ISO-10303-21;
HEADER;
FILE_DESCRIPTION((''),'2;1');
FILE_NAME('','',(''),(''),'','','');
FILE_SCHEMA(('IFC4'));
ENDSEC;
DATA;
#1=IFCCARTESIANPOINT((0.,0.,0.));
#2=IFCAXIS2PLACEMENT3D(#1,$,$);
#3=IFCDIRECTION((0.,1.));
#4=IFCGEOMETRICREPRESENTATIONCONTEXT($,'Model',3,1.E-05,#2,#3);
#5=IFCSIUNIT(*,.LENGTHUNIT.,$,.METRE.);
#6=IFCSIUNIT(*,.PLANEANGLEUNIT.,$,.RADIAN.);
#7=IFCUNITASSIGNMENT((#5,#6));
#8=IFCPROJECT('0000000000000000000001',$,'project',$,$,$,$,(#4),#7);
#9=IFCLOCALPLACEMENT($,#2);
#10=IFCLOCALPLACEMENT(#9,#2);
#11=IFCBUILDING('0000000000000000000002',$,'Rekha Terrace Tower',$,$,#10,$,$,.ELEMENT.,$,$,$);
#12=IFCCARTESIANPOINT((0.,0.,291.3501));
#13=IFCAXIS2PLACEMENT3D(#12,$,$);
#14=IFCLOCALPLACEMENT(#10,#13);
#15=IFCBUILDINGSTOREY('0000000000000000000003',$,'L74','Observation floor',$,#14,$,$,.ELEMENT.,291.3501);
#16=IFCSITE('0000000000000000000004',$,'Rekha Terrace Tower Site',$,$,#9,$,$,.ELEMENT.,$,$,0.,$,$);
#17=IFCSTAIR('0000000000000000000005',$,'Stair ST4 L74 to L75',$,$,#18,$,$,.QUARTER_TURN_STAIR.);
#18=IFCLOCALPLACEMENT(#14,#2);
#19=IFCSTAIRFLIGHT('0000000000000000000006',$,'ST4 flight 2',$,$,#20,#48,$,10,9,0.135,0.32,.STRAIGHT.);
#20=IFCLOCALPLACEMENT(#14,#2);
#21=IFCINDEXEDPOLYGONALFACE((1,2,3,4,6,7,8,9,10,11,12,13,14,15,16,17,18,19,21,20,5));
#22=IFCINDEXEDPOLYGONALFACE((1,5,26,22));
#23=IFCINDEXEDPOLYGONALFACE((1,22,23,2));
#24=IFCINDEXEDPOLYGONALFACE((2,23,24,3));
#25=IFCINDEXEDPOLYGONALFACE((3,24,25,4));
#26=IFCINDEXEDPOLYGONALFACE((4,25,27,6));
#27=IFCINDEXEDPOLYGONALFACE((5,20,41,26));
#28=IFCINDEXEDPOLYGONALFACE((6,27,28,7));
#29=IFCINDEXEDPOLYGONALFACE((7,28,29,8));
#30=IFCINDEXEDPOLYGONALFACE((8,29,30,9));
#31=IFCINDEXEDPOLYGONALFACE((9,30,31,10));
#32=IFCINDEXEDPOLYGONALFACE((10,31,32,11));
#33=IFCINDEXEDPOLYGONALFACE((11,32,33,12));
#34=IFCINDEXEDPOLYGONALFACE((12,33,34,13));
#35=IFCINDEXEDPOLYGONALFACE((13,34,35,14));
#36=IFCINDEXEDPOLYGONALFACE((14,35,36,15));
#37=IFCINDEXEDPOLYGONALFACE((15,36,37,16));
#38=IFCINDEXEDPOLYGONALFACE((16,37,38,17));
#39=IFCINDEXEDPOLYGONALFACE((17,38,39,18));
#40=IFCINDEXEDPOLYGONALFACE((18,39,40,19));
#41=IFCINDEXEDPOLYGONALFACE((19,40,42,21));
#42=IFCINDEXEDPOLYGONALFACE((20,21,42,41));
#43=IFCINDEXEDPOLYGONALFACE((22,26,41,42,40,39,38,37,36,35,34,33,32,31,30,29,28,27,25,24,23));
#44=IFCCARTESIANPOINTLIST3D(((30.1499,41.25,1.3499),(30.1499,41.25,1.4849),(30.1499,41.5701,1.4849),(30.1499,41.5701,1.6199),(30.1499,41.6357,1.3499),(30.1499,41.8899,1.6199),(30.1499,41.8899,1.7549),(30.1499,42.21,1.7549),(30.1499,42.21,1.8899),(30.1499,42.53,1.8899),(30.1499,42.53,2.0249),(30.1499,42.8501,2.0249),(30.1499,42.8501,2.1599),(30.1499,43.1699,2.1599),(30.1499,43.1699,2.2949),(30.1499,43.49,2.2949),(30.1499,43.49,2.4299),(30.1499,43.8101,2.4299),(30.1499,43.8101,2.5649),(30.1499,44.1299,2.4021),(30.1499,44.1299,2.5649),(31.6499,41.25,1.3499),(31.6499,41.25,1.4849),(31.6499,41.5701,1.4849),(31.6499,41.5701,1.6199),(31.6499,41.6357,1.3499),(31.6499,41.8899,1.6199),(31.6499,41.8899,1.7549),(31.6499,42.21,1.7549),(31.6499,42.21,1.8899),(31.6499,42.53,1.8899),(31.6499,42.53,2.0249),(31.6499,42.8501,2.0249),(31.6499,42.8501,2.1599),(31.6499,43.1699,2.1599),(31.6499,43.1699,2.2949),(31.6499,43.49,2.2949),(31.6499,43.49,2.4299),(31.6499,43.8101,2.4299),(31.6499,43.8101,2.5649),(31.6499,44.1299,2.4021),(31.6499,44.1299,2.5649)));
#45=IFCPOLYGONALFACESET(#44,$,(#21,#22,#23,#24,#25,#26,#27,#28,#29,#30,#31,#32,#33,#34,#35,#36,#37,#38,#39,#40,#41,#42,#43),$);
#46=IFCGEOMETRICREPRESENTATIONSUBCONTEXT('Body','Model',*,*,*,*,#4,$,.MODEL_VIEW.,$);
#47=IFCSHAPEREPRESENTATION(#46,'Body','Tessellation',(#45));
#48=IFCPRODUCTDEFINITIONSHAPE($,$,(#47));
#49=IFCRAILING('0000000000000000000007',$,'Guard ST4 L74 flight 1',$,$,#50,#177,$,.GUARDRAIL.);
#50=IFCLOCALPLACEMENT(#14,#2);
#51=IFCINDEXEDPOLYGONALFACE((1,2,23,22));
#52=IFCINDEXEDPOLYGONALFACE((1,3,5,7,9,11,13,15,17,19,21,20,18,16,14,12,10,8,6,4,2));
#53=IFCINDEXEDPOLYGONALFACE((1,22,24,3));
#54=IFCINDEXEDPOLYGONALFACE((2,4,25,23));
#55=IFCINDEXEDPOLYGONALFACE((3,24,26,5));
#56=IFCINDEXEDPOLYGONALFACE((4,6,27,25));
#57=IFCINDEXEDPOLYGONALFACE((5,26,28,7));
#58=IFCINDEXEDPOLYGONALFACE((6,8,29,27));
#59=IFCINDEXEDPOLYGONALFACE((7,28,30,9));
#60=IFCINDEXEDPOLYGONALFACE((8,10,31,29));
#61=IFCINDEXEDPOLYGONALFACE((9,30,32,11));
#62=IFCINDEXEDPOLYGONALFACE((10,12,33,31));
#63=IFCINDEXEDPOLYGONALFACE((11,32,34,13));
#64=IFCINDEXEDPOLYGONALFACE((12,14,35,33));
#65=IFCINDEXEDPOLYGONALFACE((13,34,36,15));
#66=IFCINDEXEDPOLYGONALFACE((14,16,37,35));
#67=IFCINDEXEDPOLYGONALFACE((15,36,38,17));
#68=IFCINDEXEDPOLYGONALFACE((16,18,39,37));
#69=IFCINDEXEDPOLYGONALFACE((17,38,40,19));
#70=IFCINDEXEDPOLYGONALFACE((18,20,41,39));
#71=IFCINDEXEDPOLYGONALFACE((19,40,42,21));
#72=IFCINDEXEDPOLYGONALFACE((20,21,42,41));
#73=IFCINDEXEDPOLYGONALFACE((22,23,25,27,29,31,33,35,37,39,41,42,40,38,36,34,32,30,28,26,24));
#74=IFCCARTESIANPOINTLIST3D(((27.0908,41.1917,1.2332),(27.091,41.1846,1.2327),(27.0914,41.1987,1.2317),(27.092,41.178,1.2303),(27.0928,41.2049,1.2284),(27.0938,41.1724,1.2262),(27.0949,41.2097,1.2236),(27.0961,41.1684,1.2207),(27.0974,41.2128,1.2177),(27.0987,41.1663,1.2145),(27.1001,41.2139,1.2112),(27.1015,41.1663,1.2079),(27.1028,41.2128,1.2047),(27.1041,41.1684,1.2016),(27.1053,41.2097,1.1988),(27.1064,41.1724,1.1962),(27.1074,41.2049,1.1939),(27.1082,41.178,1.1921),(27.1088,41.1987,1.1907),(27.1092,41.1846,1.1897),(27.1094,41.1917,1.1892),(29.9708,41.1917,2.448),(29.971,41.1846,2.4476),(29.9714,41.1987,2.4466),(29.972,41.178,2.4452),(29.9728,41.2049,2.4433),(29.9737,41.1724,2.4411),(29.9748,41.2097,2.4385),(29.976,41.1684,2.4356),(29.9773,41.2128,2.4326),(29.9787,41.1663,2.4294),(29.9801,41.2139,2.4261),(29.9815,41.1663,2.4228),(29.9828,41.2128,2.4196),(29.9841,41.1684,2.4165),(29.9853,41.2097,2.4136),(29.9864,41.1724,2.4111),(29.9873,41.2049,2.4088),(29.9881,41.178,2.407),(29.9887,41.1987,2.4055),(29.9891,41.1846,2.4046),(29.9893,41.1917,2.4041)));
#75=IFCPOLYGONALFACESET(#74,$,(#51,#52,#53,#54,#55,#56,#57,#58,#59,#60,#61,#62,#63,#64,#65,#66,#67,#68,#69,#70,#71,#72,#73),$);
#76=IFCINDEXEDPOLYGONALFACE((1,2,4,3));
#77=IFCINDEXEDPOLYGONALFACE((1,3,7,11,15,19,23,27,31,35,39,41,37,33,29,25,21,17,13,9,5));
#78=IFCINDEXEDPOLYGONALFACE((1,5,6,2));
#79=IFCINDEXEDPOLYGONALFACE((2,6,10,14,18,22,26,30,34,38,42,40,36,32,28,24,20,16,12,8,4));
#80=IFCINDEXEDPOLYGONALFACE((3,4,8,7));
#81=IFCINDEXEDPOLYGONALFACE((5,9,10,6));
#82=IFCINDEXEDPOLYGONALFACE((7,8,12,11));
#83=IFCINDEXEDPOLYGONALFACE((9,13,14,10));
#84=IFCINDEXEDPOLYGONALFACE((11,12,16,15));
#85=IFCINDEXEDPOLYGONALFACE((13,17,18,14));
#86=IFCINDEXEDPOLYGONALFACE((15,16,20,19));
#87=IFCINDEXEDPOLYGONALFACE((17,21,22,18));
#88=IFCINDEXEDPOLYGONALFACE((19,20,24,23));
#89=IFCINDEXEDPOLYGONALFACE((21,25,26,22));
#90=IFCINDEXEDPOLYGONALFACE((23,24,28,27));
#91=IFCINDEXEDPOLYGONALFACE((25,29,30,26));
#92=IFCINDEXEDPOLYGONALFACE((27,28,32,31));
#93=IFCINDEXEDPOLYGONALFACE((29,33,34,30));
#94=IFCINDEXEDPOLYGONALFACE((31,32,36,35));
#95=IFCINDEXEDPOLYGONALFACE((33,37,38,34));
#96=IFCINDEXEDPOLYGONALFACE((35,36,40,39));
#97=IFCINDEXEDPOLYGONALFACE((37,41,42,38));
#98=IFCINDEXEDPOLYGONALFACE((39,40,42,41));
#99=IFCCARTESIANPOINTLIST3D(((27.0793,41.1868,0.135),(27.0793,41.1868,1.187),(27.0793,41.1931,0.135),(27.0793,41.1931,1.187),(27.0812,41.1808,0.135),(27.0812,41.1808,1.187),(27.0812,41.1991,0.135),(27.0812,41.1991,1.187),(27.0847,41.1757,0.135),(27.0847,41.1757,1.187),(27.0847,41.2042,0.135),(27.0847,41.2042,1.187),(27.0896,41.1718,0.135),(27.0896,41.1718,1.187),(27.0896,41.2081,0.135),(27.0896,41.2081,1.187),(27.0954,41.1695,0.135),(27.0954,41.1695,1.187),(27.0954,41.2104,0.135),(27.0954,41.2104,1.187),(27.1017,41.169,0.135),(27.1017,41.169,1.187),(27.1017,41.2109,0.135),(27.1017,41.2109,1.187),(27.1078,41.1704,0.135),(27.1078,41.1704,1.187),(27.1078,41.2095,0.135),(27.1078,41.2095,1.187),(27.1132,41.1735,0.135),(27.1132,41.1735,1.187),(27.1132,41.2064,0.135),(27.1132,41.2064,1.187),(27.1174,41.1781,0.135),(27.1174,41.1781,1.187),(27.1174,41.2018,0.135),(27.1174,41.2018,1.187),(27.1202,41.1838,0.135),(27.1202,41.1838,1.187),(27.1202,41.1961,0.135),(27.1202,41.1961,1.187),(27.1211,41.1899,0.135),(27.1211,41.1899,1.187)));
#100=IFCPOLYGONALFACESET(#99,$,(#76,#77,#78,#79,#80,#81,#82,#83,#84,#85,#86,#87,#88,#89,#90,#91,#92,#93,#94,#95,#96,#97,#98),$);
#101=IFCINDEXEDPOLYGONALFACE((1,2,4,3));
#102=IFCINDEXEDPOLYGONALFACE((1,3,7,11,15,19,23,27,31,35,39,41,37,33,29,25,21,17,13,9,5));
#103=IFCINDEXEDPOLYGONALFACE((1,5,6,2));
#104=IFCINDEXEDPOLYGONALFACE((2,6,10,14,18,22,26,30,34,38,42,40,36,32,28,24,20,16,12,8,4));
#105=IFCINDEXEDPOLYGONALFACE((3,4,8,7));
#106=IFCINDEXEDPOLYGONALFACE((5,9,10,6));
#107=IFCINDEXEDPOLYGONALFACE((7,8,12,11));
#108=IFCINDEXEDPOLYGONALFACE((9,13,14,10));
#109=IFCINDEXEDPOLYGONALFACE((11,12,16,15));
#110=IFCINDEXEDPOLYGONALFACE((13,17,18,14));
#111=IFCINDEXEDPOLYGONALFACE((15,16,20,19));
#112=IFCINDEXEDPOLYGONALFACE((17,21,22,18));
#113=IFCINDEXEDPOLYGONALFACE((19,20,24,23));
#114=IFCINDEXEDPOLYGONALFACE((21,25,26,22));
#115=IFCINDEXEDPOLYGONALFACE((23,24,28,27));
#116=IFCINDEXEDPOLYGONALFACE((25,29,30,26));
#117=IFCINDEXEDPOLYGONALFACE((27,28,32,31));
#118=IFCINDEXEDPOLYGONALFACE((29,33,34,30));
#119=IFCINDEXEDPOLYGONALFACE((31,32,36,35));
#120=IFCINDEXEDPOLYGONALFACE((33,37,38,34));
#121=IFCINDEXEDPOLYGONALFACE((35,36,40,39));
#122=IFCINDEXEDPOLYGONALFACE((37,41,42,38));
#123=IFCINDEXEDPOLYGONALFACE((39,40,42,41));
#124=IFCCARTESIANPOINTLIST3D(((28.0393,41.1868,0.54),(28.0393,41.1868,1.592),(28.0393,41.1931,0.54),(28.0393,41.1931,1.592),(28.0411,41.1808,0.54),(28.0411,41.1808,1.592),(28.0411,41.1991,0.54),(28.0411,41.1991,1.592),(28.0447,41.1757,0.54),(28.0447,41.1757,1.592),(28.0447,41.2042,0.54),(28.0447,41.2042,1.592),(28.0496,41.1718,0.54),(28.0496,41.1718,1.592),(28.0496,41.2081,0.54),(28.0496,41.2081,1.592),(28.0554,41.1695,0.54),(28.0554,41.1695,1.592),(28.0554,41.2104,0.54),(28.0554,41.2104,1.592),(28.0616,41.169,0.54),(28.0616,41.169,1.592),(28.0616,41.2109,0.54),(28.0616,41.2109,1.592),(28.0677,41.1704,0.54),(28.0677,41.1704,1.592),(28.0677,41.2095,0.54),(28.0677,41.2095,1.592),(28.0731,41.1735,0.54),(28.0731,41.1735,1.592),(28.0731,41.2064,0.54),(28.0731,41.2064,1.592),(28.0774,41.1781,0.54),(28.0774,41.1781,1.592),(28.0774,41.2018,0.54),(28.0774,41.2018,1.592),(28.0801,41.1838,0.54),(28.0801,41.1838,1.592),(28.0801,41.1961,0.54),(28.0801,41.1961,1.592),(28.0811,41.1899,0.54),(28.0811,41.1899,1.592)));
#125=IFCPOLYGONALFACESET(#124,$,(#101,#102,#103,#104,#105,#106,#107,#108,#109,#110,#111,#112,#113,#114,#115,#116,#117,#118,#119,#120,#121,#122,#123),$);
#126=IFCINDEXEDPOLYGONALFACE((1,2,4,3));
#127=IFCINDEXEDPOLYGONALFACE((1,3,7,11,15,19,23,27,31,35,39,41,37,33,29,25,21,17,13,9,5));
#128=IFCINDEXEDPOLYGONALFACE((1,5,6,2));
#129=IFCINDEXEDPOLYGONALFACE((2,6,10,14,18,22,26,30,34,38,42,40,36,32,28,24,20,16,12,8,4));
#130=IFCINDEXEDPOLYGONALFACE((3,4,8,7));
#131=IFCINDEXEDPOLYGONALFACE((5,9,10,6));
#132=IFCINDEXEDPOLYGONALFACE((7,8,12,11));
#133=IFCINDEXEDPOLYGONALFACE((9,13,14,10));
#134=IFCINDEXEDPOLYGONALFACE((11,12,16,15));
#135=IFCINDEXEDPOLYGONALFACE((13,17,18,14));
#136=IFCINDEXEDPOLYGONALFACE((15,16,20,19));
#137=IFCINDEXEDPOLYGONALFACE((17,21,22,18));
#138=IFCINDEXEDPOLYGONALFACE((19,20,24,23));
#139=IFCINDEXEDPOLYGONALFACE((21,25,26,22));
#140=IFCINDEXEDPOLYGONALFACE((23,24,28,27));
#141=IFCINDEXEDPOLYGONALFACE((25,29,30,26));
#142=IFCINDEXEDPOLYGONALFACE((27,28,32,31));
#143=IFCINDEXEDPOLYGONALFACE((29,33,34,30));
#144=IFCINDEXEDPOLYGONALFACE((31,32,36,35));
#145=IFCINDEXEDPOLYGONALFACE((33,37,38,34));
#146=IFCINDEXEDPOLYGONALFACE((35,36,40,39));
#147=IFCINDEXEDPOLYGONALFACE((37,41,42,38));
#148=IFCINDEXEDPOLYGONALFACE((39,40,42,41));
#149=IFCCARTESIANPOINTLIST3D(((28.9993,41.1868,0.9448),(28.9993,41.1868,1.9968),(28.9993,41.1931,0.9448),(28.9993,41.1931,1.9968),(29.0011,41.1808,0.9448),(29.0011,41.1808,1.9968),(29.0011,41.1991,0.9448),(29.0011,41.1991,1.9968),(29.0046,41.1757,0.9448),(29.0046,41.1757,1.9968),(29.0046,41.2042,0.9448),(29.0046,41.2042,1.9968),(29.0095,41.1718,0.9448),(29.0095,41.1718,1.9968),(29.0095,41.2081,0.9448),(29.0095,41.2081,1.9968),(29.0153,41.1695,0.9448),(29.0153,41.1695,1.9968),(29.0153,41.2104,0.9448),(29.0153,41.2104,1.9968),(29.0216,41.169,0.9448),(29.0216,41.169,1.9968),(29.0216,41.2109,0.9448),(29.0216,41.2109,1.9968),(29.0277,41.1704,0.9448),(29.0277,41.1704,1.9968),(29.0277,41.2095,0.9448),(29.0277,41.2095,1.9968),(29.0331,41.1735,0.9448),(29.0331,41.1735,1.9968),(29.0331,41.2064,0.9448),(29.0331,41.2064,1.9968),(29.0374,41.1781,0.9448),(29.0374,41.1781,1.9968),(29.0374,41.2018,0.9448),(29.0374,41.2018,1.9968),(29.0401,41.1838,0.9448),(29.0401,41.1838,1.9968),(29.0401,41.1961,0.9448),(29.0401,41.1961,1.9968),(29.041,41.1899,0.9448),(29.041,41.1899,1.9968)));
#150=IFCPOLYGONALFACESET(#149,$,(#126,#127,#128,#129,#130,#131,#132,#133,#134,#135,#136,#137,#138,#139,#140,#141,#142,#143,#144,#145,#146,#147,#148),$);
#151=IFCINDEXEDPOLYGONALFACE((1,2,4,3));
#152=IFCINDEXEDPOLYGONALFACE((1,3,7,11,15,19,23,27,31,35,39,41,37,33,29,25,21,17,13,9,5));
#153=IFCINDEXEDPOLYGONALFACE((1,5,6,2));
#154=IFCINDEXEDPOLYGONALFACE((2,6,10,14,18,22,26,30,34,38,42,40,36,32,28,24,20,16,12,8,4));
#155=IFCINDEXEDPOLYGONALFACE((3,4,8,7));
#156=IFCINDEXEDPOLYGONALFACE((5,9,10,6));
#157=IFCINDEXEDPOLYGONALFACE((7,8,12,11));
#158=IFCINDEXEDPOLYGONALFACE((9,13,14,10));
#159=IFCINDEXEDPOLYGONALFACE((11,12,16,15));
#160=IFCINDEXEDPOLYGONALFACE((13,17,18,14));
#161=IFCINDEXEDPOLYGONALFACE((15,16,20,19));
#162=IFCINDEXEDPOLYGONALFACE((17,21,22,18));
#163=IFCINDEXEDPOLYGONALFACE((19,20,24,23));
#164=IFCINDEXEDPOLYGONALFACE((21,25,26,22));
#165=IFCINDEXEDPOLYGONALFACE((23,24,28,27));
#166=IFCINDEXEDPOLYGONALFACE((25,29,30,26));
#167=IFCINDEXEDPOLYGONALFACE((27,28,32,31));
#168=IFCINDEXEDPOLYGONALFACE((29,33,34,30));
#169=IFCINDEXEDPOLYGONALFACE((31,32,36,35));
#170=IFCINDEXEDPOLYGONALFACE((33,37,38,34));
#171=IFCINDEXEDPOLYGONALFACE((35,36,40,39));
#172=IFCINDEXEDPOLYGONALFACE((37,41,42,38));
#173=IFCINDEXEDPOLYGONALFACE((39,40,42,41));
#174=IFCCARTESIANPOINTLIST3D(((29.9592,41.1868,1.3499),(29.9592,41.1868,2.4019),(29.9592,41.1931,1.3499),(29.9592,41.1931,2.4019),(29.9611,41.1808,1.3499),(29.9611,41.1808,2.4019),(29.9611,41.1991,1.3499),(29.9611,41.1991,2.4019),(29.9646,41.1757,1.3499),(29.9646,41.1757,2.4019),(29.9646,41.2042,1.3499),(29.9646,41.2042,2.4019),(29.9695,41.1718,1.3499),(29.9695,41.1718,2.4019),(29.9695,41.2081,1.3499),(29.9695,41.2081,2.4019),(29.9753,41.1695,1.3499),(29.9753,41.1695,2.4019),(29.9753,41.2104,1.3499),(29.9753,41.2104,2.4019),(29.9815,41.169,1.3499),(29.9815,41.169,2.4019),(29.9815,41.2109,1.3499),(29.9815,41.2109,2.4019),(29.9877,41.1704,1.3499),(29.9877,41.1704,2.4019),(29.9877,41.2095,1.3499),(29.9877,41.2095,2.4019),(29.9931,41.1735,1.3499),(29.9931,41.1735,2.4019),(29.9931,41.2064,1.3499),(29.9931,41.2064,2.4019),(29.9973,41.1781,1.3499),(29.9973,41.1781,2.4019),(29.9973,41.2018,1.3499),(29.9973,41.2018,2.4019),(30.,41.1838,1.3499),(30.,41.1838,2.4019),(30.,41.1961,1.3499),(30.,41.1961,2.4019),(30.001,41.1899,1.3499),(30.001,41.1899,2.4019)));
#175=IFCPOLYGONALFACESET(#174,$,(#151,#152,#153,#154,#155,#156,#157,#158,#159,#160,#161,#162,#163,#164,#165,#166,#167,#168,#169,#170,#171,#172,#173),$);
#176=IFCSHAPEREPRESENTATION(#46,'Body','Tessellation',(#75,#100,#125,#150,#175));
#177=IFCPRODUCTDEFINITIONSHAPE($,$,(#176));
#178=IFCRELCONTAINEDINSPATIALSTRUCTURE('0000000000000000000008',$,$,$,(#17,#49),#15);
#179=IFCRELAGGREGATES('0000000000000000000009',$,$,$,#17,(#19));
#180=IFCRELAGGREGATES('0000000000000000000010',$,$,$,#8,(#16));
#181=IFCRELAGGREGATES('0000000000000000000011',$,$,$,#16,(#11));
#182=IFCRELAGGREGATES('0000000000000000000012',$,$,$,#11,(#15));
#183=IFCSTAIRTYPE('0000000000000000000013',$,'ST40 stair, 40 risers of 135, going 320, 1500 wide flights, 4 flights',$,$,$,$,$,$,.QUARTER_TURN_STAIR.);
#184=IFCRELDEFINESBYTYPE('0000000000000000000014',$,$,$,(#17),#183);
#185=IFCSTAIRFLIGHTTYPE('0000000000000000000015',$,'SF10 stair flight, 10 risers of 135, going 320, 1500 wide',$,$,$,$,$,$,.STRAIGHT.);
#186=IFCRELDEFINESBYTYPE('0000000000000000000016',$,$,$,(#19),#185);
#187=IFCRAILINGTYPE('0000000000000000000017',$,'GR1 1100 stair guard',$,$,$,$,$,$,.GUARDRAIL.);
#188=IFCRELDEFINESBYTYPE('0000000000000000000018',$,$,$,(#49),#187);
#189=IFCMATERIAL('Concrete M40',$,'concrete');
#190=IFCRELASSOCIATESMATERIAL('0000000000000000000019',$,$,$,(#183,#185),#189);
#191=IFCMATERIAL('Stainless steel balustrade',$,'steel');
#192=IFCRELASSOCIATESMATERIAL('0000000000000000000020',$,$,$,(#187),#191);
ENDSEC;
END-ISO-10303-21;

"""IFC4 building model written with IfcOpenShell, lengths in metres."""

from ifc_helpers import new_model, si_unit, direction, frame, origin, origin_2d, place, context, subcontext, project, spatial, polyline, circle, outline, extrude, material, type_object, element, aggregate, save


model = new_model("IFC4")

# Units and contexts
model_context = context("Model", 3, precision=1e-05, world=origin(), true_north=direction((0.0, 1.0)))
body_context = subcontext(model_context, "Body", "Model", "MODEL_VIEW")
ifc_project = project(units=[si_unit("LENGTHUNIT", "METRE"), si_unit("PLANEANGLEUNIT", "RADIAN")], contexts=[model_context])

# Site, building, storey
site_placement = place(None, origin())
site = spatial("IfcSite", under=ifc_project, at=site_placement, Name="Rekha Terrace Tower Site", CompositionType="ELEMENT", RefElevation=0.0)
building_placement = place(site_placement, origin())
building = spatial("IfcBuilding", under=site, at=building_placement, Name="Rekha Terrace Tower", CompositionType="ELEMENT")
storey_placement = place(building_placement, frame((0.0, 0.0, 291.3501)))
storey = spatial("IfcBuildingStorey", under=building, at=storey_placement, Name="L74", Description="Observation floor", CompositionType="ELEMENT", Elevation=291.3501)

# Shared definitions
ifc_material_1 = material(Name="Concrete M40", Category="concrete")
stair_type = type_object("IfcStairType", Name="ST40 stair, 40 risers of 135, going 320, 1500 wide flights, 4 flights", PredefinedType="QUARTER_TURN_STAIR", material=ifc_material_1)
stair_flight_type = type_object("IfcStairFlightType", Name="SF10 stair flight, 10 risers of 135, going 320, 1500 wide", PredefinedType="STRAIGHT", material=ifc_material_1)

# Stair, stair flight
stair_1_placement = place(storey_placement, origin())
stair_1 = element("IfcStair", 1, at=stair_1_placement, inside=storey, type_object=stair_type, Name="Stair ST4 L74 to L75", PredefinedType="QUARTER_TURN_STAIR")
stair_flight_1_placement = place(storey_placement, frame((30.8999, 41.25, 1.3499), z_axis=(0.0, 0.0, 1.0), x_axis=(0.0, 1.0, 0.0)))
stair_flight_1 = element("IfcStairFlight", 2, at=stair_flight_1_placement, type_object=stair_flight_type, Name="ST4 flight 2", NumberOfRisers=10, NumberOfTreads=9, PredefinedType="STRAIGHT", RiserHeight=0.135, TreadLength=0.32, context=body_context, shape_type="SweptSolid", body=[
    extrude(outline(polyline([(0.0, 0.0), (0.0, 0.135), (0.3201, 0.135), (0.3201, 0.27), (0.6399, 0.27), (0.6399, 0.405), (0.96, 0.405), (0.96, 0.54), (1.28, 0.54), (1.28, 0.675), (1.6001, 0.675), (1.6001, 0.8101), (1.9199, 0.8101), (1.9199, 0.9451), (2.24, 0.9451), (2.24, 1.0801), (2.5601, 1.0801), (2.5601, 1.2151), (2.8799, 1.2151), (2.8799, 1.3501), (2.8799, 1.0522), (0.3857, 0.0), (0.0, 0.0)])), frame((0.0, 0.75, 0.0), z_axis=(0.0, -1.0, 0.0), x_axis=(1.0, 0.0, 0.0)), (0.0, 0.0, 1.0), 1.5),
])
aggregate(stair_1, [stair_flight_1])

# Railing
ifc_material_2 = material(Name="Stainless steel balustrade", Category="steel")
railing_type_1 = type_object("IfcRailingType", Name="GR1 1100 stair guard", PredefinedType="GUARDRAIL", material=ifc_material_2)
railing_1_placement = place(storey_placement, frame((27.1001, 41.1899, 0.135)))
element("IfcRailing", 3, at=railing_1_placement, inside=storey, type_object=railing_type_1, Name="Guard ST4 L74 flight 1", PredefinedType="GUARDRAIL", context=body_context, shape_type="SweptSolid", body=[
    extrude(circle(Radius=0.0239, at=origin_2d()), frame((0.0, 0.0, 1.0762), z_axis=(0.921376, 0.0, 0.388671), x_axis=(0.0, 1.0, 0.0)), (0.0, 0.0, 1.0), 3.1257),
    extrude(circle(Radius=0.021, at=origin_2d()), origin(), (0.0, 0.0, 1.0), 1.052),
    extrude(circle(Radius=0.021, at=origin_2d()), frame((0.96, 0.0, 0.405)), (0.0, 0.0, 1.0), 1.052),
    extrude(circle(Radius=0.021, at=origin_2d()), frame((1.9199, 0.0, 0.8098)), (0.0, 0.0, 1.0), 1.052),
    extrude(circle(Radius=0.021, at=origin_2d()), frame((2.8799, 0.0, 1.2148)), (0.0, 0.0, 1.0), 1.052),
])

save(model, "model.ifc")
